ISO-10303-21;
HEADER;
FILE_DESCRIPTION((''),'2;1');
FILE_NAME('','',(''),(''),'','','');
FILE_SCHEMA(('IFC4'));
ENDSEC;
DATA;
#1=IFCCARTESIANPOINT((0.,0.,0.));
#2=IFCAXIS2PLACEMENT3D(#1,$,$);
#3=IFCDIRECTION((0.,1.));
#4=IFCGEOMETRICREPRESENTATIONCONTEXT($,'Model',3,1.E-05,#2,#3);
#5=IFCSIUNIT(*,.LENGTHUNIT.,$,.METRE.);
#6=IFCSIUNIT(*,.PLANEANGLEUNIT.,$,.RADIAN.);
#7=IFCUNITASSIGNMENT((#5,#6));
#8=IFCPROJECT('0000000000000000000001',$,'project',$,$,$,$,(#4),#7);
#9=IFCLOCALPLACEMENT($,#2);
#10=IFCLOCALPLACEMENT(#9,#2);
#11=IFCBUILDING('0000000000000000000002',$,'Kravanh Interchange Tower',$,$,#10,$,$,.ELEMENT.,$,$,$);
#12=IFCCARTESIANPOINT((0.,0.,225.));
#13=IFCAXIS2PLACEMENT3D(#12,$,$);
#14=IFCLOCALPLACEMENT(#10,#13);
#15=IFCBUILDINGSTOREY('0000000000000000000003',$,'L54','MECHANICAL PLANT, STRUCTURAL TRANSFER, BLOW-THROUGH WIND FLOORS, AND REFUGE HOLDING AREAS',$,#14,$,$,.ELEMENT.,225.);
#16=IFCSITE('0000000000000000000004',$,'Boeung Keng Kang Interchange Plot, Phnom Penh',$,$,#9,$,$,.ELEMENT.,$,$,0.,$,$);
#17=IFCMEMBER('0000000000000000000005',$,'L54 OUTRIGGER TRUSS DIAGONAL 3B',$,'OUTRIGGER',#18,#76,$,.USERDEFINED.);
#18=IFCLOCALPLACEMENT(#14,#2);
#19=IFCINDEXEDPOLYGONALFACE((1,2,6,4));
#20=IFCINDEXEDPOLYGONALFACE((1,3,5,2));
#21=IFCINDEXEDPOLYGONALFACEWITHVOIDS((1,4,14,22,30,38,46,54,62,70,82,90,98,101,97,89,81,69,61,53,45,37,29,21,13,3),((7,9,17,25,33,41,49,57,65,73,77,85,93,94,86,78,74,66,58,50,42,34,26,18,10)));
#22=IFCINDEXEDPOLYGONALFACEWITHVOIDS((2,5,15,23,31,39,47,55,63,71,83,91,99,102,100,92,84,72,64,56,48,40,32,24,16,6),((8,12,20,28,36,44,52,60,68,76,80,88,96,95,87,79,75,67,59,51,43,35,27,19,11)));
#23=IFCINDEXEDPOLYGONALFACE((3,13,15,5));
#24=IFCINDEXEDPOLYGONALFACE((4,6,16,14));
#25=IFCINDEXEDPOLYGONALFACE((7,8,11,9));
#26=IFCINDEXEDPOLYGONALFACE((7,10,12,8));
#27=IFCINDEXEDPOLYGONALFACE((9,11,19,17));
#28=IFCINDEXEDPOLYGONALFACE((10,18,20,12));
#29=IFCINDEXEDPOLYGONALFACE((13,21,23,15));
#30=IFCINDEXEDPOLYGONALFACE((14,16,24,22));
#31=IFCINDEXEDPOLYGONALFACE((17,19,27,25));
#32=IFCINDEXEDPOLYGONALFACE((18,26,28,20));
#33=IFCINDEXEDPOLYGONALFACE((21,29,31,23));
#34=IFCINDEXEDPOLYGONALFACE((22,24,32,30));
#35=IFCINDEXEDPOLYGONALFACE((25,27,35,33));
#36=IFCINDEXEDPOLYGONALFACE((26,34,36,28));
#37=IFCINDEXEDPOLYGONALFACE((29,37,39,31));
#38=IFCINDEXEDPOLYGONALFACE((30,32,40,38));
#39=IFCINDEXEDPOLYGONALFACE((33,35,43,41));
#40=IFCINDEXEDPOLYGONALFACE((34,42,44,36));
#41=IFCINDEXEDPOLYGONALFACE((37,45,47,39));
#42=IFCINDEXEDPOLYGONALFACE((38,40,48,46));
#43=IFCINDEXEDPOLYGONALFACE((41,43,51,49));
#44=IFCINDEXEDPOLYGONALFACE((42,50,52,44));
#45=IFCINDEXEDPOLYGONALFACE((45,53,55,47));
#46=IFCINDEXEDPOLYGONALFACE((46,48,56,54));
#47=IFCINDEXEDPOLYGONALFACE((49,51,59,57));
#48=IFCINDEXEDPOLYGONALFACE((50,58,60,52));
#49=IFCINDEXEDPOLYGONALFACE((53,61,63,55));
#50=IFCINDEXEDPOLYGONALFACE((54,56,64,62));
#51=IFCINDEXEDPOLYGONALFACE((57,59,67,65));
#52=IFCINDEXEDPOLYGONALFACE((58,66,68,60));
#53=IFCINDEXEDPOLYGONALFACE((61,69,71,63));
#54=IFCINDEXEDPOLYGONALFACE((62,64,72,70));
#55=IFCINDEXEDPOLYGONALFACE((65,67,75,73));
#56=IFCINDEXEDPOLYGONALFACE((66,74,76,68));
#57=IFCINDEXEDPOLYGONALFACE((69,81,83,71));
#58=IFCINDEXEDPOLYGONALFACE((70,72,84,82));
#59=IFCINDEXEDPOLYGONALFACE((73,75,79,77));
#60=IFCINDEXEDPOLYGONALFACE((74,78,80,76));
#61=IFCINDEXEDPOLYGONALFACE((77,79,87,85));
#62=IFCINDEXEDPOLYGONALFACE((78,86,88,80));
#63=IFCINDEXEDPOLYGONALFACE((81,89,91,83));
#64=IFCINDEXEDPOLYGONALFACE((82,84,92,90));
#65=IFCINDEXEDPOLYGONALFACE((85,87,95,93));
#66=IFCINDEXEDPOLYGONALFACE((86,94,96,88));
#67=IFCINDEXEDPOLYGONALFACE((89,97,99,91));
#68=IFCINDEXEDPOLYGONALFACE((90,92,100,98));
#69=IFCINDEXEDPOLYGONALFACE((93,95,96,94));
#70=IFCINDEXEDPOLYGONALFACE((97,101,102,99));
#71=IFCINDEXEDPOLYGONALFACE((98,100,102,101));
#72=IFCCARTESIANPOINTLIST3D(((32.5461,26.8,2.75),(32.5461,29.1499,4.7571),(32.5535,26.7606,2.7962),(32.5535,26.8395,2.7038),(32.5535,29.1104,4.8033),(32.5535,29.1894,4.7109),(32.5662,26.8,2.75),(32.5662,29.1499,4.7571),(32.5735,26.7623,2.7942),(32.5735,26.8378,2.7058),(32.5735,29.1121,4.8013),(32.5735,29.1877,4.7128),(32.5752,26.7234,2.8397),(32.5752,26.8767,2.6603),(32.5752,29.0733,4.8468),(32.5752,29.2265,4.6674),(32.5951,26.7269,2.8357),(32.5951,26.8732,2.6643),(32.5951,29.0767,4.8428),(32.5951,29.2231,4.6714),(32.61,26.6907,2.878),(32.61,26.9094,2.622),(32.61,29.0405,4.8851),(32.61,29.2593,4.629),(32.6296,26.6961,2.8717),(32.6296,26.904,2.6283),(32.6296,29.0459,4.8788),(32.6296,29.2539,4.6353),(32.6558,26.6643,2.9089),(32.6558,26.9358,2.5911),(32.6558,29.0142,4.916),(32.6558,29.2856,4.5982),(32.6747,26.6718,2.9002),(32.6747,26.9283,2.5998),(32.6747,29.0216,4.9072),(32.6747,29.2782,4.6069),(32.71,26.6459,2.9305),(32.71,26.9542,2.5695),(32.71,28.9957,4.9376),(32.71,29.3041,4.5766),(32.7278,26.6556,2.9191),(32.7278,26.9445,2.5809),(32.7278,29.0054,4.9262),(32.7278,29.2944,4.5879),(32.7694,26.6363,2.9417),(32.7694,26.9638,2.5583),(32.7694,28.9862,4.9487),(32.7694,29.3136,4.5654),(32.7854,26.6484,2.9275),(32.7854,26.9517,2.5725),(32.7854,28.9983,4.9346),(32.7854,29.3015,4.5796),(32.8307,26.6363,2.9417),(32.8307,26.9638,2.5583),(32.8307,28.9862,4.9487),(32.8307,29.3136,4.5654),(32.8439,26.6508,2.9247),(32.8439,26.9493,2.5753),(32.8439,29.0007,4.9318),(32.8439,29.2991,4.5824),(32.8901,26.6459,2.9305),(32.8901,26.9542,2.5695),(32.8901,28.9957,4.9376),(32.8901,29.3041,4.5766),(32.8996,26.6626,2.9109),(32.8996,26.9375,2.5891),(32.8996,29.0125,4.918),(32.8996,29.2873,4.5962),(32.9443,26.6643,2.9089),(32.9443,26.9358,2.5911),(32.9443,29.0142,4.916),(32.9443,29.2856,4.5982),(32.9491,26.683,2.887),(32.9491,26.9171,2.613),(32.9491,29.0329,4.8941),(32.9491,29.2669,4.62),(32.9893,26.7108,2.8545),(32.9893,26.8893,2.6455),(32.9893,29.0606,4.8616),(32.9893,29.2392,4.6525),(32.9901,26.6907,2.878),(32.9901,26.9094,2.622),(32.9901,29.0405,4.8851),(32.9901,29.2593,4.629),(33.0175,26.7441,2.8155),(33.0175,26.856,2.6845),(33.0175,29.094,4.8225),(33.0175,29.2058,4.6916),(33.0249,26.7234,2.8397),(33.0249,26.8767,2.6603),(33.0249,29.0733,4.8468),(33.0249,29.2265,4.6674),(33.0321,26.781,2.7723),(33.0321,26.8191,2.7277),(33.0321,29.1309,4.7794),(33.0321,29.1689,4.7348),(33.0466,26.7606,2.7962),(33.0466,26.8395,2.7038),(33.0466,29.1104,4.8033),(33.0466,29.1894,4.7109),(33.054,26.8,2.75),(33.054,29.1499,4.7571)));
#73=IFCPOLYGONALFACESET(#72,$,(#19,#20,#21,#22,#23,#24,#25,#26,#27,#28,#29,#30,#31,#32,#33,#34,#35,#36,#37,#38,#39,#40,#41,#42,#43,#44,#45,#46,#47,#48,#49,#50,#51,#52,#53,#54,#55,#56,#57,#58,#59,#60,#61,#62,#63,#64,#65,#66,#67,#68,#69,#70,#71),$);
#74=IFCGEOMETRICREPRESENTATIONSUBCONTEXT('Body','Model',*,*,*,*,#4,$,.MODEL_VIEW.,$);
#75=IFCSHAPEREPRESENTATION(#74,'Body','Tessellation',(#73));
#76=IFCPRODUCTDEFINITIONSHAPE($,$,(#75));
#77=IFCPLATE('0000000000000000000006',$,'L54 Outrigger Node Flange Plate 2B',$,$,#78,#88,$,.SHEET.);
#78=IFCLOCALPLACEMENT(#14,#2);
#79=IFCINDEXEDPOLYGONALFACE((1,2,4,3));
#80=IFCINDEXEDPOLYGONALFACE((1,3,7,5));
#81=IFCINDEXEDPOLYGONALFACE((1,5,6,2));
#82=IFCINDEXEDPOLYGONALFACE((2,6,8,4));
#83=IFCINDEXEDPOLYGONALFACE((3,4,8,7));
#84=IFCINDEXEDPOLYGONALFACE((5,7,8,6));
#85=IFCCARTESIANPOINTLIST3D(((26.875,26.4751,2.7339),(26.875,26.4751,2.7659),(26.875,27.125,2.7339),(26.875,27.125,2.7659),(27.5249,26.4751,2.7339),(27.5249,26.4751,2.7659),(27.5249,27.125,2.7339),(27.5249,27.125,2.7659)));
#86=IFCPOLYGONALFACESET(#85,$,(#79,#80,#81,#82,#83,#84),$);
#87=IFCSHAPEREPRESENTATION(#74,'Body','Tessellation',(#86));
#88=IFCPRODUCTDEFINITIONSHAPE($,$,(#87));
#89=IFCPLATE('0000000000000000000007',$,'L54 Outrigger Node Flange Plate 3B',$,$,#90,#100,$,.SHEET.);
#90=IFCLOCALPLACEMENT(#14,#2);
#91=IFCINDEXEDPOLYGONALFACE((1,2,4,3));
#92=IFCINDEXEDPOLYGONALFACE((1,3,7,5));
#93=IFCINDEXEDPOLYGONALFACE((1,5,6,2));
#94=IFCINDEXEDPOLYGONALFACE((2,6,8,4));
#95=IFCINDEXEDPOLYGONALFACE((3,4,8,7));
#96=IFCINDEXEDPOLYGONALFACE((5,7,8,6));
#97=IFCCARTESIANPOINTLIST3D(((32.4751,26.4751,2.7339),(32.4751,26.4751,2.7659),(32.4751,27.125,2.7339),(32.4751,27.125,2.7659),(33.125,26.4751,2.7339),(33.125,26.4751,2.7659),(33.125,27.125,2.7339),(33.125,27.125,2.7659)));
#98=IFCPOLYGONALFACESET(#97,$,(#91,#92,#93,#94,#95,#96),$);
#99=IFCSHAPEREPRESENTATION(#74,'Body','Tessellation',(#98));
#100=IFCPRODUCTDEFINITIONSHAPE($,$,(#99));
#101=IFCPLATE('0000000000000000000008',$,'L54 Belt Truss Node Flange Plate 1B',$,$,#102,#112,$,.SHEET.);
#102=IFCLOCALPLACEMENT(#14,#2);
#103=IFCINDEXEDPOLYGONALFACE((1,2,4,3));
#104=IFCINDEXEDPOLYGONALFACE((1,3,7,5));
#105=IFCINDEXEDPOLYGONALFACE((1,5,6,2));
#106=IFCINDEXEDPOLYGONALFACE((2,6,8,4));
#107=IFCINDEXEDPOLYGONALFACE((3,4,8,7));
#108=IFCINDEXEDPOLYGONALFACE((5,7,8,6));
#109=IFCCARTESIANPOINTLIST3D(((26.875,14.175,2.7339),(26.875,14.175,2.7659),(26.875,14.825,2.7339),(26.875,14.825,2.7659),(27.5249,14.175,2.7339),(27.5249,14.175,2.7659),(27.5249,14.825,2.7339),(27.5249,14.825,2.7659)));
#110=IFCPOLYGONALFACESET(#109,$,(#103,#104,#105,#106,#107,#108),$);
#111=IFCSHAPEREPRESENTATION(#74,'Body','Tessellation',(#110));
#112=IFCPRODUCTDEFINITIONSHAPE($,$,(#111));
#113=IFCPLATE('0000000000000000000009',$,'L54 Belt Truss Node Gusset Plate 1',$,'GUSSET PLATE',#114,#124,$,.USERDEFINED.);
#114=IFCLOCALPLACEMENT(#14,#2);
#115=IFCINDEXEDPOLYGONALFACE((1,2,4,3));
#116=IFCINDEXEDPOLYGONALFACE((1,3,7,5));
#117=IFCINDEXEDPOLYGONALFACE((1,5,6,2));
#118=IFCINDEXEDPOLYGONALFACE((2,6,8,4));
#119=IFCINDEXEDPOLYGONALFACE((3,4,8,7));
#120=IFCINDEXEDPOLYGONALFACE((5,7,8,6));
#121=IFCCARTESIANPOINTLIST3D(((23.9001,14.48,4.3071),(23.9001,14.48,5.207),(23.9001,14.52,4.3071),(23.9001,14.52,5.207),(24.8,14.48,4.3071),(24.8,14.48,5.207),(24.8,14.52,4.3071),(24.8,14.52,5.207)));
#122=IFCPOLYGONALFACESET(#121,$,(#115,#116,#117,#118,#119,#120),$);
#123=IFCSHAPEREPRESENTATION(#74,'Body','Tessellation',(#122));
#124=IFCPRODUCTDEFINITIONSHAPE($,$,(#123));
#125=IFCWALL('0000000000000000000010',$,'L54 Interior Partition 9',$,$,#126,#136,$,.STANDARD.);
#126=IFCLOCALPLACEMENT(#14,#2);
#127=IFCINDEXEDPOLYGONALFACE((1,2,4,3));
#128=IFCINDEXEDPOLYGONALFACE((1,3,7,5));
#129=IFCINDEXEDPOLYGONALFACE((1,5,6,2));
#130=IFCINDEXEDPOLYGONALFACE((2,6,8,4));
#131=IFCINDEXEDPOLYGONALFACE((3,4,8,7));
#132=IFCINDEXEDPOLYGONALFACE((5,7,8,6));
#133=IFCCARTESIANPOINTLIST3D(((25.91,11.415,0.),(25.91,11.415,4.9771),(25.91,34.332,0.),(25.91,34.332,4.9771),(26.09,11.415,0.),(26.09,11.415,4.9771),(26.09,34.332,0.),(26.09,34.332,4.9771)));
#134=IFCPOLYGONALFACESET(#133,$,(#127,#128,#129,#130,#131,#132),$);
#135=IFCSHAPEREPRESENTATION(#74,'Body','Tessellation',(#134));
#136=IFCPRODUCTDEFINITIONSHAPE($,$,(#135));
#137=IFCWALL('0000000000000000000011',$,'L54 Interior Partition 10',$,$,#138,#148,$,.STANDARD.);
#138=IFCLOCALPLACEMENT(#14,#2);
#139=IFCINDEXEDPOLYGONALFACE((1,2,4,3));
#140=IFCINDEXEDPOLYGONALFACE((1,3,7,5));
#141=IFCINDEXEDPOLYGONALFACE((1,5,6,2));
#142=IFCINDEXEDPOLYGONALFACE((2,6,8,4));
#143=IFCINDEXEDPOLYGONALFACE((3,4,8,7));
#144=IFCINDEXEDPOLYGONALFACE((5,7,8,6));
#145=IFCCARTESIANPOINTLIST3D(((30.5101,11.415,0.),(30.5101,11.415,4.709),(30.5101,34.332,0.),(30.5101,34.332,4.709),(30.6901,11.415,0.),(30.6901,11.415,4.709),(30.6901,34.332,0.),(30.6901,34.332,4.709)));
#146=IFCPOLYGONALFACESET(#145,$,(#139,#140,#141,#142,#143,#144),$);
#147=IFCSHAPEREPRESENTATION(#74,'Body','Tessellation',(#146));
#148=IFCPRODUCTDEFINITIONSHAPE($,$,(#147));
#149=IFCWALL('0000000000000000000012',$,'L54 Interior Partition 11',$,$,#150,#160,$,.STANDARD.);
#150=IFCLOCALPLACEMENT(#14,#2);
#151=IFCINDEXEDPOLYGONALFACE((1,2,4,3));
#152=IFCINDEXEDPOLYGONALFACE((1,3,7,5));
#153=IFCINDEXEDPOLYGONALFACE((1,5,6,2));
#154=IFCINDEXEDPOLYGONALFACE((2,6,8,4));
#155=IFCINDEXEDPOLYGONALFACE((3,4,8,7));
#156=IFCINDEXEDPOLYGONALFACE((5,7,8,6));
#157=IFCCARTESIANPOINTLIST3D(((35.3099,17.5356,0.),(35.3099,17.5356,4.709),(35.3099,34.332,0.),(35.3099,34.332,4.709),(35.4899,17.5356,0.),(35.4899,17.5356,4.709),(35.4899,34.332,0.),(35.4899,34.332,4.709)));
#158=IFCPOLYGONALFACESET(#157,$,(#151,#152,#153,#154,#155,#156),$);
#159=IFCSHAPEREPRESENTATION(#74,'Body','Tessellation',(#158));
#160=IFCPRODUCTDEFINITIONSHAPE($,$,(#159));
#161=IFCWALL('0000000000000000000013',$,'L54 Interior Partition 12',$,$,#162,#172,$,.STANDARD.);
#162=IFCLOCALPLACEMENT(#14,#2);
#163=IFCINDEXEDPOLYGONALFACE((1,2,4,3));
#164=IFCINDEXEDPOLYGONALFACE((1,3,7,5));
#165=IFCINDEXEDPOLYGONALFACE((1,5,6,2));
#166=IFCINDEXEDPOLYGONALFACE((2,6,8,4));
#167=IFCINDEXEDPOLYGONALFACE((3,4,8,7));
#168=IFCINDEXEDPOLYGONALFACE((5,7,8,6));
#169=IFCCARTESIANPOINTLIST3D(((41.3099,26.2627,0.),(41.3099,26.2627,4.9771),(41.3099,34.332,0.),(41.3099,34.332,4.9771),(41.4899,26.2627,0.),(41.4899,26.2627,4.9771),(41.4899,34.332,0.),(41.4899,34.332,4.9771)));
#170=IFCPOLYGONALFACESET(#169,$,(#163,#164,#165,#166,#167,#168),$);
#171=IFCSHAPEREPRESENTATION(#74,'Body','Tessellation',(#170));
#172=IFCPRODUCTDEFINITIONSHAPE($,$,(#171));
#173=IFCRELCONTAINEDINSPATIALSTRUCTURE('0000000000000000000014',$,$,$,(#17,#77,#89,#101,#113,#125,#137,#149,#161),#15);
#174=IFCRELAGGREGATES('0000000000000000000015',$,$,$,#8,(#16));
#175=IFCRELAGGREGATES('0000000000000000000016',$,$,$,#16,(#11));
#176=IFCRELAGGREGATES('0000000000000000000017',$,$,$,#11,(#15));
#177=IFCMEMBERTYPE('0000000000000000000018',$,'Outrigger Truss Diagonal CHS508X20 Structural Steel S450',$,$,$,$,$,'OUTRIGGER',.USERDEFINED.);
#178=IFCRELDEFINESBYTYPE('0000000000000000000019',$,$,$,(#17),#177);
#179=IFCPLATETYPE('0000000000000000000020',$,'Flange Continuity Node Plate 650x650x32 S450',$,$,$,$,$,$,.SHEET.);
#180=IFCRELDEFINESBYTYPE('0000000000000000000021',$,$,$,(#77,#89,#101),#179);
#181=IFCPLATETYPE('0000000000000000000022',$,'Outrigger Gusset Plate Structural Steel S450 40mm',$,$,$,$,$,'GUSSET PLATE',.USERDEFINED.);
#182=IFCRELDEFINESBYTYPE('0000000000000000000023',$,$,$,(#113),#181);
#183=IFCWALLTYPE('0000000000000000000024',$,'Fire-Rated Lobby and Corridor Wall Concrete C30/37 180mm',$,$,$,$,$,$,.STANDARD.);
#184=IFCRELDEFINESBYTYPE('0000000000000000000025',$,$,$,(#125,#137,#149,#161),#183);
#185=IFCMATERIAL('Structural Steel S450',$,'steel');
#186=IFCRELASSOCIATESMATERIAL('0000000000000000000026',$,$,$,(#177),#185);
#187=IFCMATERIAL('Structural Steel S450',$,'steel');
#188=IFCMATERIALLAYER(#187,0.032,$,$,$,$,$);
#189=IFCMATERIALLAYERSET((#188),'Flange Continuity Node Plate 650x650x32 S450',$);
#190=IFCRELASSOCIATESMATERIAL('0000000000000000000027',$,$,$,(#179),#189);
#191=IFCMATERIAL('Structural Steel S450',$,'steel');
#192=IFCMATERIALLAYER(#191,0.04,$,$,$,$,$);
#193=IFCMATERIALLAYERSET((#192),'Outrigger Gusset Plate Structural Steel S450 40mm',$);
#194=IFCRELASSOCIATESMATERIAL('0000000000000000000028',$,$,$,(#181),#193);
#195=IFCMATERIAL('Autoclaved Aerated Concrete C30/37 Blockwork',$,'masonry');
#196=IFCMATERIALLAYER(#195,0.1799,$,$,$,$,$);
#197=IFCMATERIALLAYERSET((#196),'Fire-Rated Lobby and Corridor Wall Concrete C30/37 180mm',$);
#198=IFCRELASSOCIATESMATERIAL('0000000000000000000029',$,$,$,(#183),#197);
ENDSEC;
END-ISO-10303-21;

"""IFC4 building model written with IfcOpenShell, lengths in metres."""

from ifc_helpers import new_model, si_unit, direction, frame, frame_2d, origin, origin_2d, place, context, subcontext, project, spatial, rectangle, hollow_circle, extrude, material, layer, layer_set, material_profile, profile_set, type_object, element, save


model = new_model("IFC4")

# Units and contexts
model_context = context("Model", 3, precision=1e-05, world=origin(), true_north=direction((0.0, 1.0)))
body_context = subcontext(model_context, "Body", "Model", "MODEL_VIEW")
ifc_project = project(units=[si_unit("LENGTHUNIT", "METRE"), si_unit("PLANEANGLEUNIT", "RADIAN")], contexts=[model_context])

# Site, building, storey
site_placement = place(None, origin())
site = spatial("IfcSite", under=ifc_project, at=site_placement, Name="Boeung Keng Kang Interchange Plot, Phnom Penh", CompositionType="ELEMENT", RefElevation=0.0)
building_placement = place(site_placement, origin())
building = spatial("IfcBuilding", under=site, at=building_placement, Name="Kravanh Interchange Tower", CompositionType="ELEMENT")
storey_placement = place(building_placement, frame((0.0, 0.0, 225.0)))
storey = spatial("IfcBuildingStorey", under=building, at=storey_placement, Name="L54", Description="MECHANICAL PLANT, STRUCTURAL TRANSFER, BLOW-THROUGH WIND FLOORS, AND REFUGE HOLDING AREAS", CompositionType="ELEMENT", Elevation=225.0)

# Member
ifc_material_1 = material(Name="Structural Steel S450", Category="steel")
ifc_material_profile_1 = material_profile(ifc_material_1, hollow_circle(Radius=0.2539, WallThickness=0.02, at=origin_2d()), Name="CHS508X20")
ifc_profile_set_1 = profile_set([ifc_material_profile_1], Name="Structural Steel S450")
member_type_1 = type_object("IfcMemberType", Name="Outrigger Truss Diagonal CHS508X20 Structural Steel S450", ElementType="OUTRIGGER", PredefinedType="USERDEFINED", material=ifc_profile_set_1)
for number, where, z_axis, x_axis, name in (
    (1, (32.8, 26.8, 2.75), (0.0, 0.760387, 0.64947), (-1.0, 0.0, 0.0), "L54 OUTRIGGER TRUSS DIAGONAL 3B"),
):
    element("IfcMember", number, at=place(storey_placement, frame(where, z_axis=z_axis, x_axis=x_axis)), inside=storey, type_object=member_type_1, Name=name, ObjectType="OUTRIGGER", PredefinedType="USERDEFINED", context=body_context, shape_type="SweptSolid", body=[
        extrude(hollow_circle(Radius=0.2539, WallThickness=0.02, at=origin_2d()), origin(), (0.0, 0.0, 1.0), 3.0903),
    ])

# Plates
ifc_material_2 = material(Name="Structural Steel S450", Category="steel")
ifc_layer_1 = layer(ifc_material_2, 0.032)
ifc_layer_set_1 = layer_set([ifc_layer_1], Name="Flange Continuity Node Plate 650x650x32 S450")
plate_type_1 = type_object("IfcPlateType", Name="Flange Continuity Node Plate 650x650x32 S450", PredefinedType="SHEET", material=ifc_layer_set_1)
for number, where, z_axis, x_axis, name in (
    (2, (27.2, 26.8, 2.7339), (0.0, 0.0, 1.0), (1.0, 0.0, 0.0), "L54 Outrigger Node Flange Plate 2B"),
    (3, (32.8, 26.8, 2.7339), (0.0, 0.0, 1.0), (1.0, 0.0, 0.0), "L54 Outrigger Node Flange Plate 3B"),
    (4, (27.2, 14.5, 2.7339), (0.0, 0.0, 1.0), (1.0, 0.0, 0.0), "L54 Belt Truss Node Flange Plate 1B"),
):
    element("IfcPlate", number, at=place(storey_placement, frame(where, z_axis=z_axis, x_axis=x_axis)), inside=storey, type_object=plate_type_1, Name=name, PredefinedType="SHEET", context=body_context, shape_type="SweptSolid", body=[
        extrude(rectangle(XDim=0.6499, YDim=0.6499, at=origin_2d()), origin(), (0.0, 0.0, 1.0), 0.032),
    ])
ifc_material_3 = material(Name="Structural Steel S450", Category="steel")
ifc_layer_2 = layer(ifc_material_3, 0.04)
ifc_layer_set_2 = layer_set([ifc_layer_2], Name="Outrigger Gusset Plate Structural Steel S450 40mm")
plate_type_2 = type_object("IfcPlateType", Name="Outrigger Gusset Plate Structural Steel S450 40mm", ElementType="GUSSET PLATE", PredefinedType="USERDEFINED", material=ifc_layer_set_2)
plate_placement = place(storey_placement, frame((24.3501, 14.5, 4.3071), z_axis=(0.0, 0.0, 1.0), x_axis=(1.0, 0.0, 0.0)))
element("IfcPlate", 5, at=plate_placement, inside=storey, type_object=plate_type_2, Name="L54 Belt Truss Node Gusset Plate 1", ObjectType="GUSSET PLATE", PredefinedType="USERDEFINED", context=body_context, shape_type="SweptSolid", body=[
    extrude(rectangle(XDim=0.8999, YDim=0.04, at=origin_2d()), origin(), (0.0, 0.0, 1.0), 0.8999),
])

# Walls
ifc_material_4 = material(Name="Autoclaved Aerated Concrete C30/37 Blockwork", Category="masonry")
ifc_layer_3 = layer(ifc_material_4, 0.1799)
ifc_layer_set_3 = layer_set([ifc_layer_3], Name="Fire-Rated Lobby and Corridor Wall Concrete C30/37 180mm")
wall_type = type_object("IfcWallType", Name="Fire-Rated Lobby and Corridor Wall Concrete C30/37 180mm", PredefinedType="STANDARD", material=ifc_layer_set_3)
wall_1_placement = place(storey_placement, frame((26.0, 11.415, 0.0), z_axis=(0.0, 0.0, 1.0), x_axis=(0.0, 1.0, 0.0)))
element("IfcWall", 6, at=wall_1_placement, inside=storey, type_object=wall_type, Name="L54 Interior Partition 9", PredefinedType="STANDARD", context=body_context, shape_type="SweptSolid", body=[
    extrude(rectangle(XDim=22.917, YDim=0.1799, at=frame_2d((11.4585, 0.0))), origin(), (0.0, 0.0, 1.0), 4.9771),
])
wall_2_placement = place(storey_placement, frame((30.6001, 11.415, 0.0), z_axis=(0.0, 0.0, 1.0), x_axis=(0.0, 1.0, 0.0)))
element("IfcWall", 7, at=wall_2_placement, inside=storey, type_object=wall_type, Name="L54 Interior Partition 10", PredefinedType="STANDARD", context=body_context, shape_type="SweptSolid", body=[
    extrude(rectangle(XDim=22.917, YDim=0.1799, at=frame_2d((11.4585, 0.0))), origin(), (0.0, 0.0, 1.0), 4.709),
])
wall_3_placement = place(storey_placement, frame((35.3999, 17.5356, 0.0), z_axis=(0.0, 0.0, 1.0), x_axis=(0.0, 1.0, 0.0)))
element("IfcWall", 8, at=wall_3_placement, inside=storey, type_object=wall_type, Name="L54 Interior Partition 11", PredefinedType="STANDARD", context=body_context, shape_type="SweptSolid", body=[
    extrude(rectangle(XDim=16.7964, YDim=0.1799, at=frame_2d((8.3982, 0.0))), origin(), (0.0, 0.0, 1.0), 4.709),
])
wall_4_placement = place(storey_placement, frame((41.3999, 26.2627, 0.0), z_axis=(0.0, 0.0, 1.0), x_axis=(0.0, 1.0, 0.0)))
element("IfcWall", 9, at=wall_4_placement, inside=storey, type_object=wall_type, Name="L54 Interior Partition 12", PredefinedType="STANDARD", context=body_context, shape_type="SweptSolid", body=[
    extrude(rectangle(XDim=8.0693, YDim=0.1799, at=frame_2d((4.0347, 0.0))), origin(), (0.0, 0.0, 1.0), 4.9771),
])

save(model, "model.ifc")
